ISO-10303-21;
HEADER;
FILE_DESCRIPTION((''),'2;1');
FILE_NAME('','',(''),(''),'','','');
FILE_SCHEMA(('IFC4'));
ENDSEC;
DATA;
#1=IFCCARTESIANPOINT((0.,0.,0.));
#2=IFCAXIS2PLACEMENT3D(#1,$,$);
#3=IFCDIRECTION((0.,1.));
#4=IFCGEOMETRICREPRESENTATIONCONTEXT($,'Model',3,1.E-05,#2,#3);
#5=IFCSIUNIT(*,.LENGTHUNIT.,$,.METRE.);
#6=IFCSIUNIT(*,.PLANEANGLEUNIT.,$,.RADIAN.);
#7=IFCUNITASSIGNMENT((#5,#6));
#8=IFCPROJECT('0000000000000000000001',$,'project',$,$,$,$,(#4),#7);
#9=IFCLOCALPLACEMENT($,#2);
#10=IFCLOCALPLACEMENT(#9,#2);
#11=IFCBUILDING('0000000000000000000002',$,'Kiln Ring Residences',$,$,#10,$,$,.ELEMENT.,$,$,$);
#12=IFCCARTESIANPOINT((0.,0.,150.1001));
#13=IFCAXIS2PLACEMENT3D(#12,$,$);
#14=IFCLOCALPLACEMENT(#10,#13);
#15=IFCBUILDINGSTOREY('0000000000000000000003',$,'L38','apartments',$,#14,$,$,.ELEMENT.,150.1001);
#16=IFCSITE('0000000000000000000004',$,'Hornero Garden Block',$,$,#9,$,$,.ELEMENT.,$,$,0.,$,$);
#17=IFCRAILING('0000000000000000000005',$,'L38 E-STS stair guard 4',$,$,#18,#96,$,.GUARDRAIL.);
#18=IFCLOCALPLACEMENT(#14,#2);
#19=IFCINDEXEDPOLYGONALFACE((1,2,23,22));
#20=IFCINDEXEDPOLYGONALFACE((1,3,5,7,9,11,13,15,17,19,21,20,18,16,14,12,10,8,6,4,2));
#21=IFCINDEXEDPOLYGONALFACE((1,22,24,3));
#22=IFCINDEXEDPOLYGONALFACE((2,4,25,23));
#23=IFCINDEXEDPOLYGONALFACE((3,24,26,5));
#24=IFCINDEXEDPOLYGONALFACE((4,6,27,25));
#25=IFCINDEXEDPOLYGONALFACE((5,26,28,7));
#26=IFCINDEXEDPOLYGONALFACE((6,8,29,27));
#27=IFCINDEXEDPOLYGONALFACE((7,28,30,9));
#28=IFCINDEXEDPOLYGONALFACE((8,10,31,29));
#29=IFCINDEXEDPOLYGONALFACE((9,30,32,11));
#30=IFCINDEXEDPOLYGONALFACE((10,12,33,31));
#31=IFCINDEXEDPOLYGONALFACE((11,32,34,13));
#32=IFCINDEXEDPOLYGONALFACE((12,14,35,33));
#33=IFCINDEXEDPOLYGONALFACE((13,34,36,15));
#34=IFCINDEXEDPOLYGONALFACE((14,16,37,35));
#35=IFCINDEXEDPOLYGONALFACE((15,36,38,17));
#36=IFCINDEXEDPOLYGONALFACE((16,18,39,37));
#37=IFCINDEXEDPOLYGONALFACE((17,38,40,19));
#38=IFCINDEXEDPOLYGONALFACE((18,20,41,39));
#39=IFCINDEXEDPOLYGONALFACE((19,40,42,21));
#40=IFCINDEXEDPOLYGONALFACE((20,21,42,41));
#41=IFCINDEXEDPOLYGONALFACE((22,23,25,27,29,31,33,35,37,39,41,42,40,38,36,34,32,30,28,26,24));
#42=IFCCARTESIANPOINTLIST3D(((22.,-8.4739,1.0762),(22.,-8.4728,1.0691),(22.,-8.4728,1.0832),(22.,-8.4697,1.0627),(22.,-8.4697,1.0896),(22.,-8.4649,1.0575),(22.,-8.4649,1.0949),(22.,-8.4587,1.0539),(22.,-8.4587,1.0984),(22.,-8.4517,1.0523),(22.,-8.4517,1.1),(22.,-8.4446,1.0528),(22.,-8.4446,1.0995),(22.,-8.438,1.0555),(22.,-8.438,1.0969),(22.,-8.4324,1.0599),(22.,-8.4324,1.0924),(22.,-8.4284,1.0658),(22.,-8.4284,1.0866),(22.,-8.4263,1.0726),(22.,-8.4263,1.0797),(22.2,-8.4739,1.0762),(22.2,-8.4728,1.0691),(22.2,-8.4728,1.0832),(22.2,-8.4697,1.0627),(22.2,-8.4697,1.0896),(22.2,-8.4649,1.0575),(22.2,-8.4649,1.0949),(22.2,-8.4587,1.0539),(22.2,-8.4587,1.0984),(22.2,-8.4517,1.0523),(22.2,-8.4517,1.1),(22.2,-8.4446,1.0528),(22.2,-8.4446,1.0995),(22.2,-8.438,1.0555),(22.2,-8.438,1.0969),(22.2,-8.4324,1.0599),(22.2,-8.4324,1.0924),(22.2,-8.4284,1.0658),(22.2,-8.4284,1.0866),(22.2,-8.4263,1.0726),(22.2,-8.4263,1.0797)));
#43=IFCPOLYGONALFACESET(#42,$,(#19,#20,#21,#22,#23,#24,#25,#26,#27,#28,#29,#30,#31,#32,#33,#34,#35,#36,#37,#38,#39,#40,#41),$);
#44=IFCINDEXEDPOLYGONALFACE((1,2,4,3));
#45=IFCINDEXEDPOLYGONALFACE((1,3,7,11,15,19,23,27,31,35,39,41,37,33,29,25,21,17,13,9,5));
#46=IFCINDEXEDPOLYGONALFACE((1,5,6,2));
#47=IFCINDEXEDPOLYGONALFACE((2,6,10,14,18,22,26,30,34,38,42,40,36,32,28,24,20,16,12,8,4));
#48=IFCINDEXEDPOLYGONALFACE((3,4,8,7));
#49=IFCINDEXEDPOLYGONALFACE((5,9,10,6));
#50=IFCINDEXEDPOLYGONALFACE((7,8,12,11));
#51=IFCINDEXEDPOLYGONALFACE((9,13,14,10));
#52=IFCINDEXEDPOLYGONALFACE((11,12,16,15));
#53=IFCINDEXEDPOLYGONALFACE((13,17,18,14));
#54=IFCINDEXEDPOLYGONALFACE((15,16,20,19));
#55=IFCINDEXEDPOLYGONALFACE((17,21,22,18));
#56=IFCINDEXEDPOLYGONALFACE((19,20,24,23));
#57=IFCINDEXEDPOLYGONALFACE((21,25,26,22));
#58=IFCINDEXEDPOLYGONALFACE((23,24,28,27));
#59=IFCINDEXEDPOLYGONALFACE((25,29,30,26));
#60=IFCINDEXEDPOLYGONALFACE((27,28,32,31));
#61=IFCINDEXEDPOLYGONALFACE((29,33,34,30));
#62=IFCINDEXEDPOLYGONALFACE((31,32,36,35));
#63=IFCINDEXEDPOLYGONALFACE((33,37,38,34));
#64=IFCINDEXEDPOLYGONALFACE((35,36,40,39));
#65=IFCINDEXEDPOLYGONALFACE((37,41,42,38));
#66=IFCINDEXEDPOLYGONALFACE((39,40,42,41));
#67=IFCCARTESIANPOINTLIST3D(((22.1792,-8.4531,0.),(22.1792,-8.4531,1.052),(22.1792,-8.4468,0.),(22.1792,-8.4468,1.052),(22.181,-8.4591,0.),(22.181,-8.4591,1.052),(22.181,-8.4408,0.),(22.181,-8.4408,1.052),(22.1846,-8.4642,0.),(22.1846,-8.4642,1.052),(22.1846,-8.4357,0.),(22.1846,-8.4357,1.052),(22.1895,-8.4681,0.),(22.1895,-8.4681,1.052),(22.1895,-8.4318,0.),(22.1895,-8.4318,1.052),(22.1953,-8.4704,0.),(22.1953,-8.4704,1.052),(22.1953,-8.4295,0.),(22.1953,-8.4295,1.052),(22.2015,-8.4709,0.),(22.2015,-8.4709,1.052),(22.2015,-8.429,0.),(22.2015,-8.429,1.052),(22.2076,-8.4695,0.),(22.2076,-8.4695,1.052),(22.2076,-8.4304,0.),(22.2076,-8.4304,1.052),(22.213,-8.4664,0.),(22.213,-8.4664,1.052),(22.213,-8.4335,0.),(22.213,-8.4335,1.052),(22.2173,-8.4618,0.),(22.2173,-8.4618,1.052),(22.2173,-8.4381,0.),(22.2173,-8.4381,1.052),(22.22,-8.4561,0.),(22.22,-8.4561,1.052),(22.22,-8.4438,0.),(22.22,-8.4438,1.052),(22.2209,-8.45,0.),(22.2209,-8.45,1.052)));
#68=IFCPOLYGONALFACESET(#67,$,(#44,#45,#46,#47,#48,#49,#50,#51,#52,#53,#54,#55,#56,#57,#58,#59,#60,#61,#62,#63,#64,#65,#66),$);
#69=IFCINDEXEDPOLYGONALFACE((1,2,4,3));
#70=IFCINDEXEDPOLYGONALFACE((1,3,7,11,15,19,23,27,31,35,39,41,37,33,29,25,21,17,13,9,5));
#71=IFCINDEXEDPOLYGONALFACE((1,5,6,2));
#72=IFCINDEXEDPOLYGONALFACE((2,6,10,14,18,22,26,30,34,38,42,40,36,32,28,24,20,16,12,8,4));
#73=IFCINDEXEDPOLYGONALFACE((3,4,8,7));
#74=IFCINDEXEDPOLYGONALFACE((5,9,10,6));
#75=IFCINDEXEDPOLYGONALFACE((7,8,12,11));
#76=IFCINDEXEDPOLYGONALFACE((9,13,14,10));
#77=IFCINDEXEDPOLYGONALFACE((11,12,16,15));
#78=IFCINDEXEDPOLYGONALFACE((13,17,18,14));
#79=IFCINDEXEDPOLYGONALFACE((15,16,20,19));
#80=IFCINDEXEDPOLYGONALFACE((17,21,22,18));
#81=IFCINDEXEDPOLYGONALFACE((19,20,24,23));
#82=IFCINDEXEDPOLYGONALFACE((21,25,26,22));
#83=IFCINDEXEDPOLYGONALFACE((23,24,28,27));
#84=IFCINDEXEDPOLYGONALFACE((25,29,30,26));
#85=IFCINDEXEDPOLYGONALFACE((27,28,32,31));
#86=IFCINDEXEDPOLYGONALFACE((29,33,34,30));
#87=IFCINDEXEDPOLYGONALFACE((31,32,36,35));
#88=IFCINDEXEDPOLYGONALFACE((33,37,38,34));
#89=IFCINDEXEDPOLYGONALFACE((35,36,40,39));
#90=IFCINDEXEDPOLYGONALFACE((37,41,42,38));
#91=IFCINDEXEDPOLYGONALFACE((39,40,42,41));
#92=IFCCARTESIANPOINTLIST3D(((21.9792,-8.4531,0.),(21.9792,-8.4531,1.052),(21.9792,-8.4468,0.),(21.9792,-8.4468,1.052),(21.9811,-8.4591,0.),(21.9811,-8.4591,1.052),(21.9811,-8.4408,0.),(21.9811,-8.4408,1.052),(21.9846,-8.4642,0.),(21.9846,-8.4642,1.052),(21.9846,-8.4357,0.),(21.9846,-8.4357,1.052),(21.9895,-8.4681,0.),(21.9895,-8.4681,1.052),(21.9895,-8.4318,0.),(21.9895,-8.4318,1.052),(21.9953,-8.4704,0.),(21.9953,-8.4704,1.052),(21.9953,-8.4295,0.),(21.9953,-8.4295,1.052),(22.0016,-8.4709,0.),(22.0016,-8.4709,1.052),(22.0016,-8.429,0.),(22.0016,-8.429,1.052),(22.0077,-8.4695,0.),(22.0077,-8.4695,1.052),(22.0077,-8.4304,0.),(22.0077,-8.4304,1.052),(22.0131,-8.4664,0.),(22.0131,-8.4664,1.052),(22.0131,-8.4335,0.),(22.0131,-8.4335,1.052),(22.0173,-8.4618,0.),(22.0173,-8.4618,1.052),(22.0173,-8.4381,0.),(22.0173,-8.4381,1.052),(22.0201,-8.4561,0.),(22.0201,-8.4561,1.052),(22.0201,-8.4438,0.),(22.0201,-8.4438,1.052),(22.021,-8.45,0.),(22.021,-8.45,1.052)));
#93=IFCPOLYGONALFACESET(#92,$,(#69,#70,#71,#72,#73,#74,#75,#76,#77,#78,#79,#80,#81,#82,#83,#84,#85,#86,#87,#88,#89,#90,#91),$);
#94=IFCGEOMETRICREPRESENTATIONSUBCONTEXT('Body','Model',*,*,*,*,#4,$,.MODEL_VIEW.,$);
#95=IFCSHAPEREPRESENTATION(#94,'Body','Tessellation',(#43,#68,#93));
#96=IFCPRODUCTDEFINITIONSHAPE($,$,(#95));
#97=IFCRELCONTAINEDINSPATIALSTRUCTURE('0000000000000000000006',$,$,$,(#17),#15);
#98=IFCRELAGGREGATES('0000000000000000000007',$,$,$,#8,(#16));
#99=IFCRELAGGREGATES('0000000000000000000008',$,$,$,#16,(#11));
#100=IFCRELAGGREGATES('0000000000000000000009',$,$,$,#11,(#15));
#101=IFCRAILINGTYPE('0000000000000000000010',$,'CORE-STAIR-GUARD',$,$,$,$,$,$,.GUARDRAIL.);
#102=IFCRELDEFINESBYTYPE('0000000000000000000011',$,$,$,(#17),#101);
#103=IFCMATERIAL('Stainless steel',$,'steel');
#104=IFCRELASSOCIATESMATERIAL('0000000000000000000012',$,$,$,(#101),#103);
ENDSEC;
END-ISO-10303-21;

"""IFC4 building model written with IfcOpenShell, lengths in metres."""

from ifc_helpers import new_model, si_unit, direction, frame, origin, origin_2d, place, context, subcontext, project, spatial, circle, extrude, material, type_object, element, save


model = new_model("IFC4")

# Units and contexts
model_context = context("Model", 3, precision=1e-05, world=origin(), true_north=direction((0.0, 1.0)))
body_context = subcontext(model_context, "Body", "Model", "MODEL_VIEW")
ifc_project = project(units=[si_unit("LENGTHUNIT", "METRE"), si_unit("PLANEANGLEUNIT", "RADIAN")], contexts=[model_context])

# Site, building, storey
site_placement = place(None, origin())
site = spatial("IfcSite", under=ifc_project, at=site_placement, Name="Hornero Garden Block", CompositionType="ELEMENT", RefElevation=0.0)
building_placement = place(site_placement, origin())
building = spatial("IfcBuilding", under=site, at=building_placement, Name="Kiln Ring Residences", CompositionType="ELEMENT")
storey_placement = place(building_placement, frame((0.0, 0.0, 150.1001)))
storey = spatial("IfcBuildingStorey", under=building, at=storey_placement, Name="L38", Description="apartments", CompositionType="ELEMENT", Elevation=150.1001)

# Railing
ifc_material_1 = material(Name="Stainless steel", Category="steel")
railing_type_1 = type_object("IfcRailingType", Name="CORE-STAIR-GUARD", PredefinedType="GUARDRAIL", material=ifc_material_1)
railing_1_placement = place(storey_placement, frame((22.2, -8.45, 0.0)))
element("IfcRailing", 1, at=railing_1_placement, inside=storey, type_object=railing_type_1, Name="L38 E-STS stair guard 4", PredefinedType="GUARDRAIL", context=body_context, shape_type="SweptSolid", body=[
    extrude(circle(Radius=0.0239, at=origin_2d()), frame((0.0, 0.0, 1.0762), z_axis=(-1.0, 0.0, 0.0), x_axis=(0.0, -1.0, 0.0)), (0.0, 0.0, 1.0), 0.2),
    extrude(circle(Radius=0.021, at=origin_2d()), origin(), (0.0, 0.0, 1.0), 1.052),
    extrude(circle(Radius=0.021, at=origin_2d()), frame((-0.2, 0.0, 0.0)), (0.0, 0.0, 1.0), 1.052),
])

save(model, "model.ifc")
